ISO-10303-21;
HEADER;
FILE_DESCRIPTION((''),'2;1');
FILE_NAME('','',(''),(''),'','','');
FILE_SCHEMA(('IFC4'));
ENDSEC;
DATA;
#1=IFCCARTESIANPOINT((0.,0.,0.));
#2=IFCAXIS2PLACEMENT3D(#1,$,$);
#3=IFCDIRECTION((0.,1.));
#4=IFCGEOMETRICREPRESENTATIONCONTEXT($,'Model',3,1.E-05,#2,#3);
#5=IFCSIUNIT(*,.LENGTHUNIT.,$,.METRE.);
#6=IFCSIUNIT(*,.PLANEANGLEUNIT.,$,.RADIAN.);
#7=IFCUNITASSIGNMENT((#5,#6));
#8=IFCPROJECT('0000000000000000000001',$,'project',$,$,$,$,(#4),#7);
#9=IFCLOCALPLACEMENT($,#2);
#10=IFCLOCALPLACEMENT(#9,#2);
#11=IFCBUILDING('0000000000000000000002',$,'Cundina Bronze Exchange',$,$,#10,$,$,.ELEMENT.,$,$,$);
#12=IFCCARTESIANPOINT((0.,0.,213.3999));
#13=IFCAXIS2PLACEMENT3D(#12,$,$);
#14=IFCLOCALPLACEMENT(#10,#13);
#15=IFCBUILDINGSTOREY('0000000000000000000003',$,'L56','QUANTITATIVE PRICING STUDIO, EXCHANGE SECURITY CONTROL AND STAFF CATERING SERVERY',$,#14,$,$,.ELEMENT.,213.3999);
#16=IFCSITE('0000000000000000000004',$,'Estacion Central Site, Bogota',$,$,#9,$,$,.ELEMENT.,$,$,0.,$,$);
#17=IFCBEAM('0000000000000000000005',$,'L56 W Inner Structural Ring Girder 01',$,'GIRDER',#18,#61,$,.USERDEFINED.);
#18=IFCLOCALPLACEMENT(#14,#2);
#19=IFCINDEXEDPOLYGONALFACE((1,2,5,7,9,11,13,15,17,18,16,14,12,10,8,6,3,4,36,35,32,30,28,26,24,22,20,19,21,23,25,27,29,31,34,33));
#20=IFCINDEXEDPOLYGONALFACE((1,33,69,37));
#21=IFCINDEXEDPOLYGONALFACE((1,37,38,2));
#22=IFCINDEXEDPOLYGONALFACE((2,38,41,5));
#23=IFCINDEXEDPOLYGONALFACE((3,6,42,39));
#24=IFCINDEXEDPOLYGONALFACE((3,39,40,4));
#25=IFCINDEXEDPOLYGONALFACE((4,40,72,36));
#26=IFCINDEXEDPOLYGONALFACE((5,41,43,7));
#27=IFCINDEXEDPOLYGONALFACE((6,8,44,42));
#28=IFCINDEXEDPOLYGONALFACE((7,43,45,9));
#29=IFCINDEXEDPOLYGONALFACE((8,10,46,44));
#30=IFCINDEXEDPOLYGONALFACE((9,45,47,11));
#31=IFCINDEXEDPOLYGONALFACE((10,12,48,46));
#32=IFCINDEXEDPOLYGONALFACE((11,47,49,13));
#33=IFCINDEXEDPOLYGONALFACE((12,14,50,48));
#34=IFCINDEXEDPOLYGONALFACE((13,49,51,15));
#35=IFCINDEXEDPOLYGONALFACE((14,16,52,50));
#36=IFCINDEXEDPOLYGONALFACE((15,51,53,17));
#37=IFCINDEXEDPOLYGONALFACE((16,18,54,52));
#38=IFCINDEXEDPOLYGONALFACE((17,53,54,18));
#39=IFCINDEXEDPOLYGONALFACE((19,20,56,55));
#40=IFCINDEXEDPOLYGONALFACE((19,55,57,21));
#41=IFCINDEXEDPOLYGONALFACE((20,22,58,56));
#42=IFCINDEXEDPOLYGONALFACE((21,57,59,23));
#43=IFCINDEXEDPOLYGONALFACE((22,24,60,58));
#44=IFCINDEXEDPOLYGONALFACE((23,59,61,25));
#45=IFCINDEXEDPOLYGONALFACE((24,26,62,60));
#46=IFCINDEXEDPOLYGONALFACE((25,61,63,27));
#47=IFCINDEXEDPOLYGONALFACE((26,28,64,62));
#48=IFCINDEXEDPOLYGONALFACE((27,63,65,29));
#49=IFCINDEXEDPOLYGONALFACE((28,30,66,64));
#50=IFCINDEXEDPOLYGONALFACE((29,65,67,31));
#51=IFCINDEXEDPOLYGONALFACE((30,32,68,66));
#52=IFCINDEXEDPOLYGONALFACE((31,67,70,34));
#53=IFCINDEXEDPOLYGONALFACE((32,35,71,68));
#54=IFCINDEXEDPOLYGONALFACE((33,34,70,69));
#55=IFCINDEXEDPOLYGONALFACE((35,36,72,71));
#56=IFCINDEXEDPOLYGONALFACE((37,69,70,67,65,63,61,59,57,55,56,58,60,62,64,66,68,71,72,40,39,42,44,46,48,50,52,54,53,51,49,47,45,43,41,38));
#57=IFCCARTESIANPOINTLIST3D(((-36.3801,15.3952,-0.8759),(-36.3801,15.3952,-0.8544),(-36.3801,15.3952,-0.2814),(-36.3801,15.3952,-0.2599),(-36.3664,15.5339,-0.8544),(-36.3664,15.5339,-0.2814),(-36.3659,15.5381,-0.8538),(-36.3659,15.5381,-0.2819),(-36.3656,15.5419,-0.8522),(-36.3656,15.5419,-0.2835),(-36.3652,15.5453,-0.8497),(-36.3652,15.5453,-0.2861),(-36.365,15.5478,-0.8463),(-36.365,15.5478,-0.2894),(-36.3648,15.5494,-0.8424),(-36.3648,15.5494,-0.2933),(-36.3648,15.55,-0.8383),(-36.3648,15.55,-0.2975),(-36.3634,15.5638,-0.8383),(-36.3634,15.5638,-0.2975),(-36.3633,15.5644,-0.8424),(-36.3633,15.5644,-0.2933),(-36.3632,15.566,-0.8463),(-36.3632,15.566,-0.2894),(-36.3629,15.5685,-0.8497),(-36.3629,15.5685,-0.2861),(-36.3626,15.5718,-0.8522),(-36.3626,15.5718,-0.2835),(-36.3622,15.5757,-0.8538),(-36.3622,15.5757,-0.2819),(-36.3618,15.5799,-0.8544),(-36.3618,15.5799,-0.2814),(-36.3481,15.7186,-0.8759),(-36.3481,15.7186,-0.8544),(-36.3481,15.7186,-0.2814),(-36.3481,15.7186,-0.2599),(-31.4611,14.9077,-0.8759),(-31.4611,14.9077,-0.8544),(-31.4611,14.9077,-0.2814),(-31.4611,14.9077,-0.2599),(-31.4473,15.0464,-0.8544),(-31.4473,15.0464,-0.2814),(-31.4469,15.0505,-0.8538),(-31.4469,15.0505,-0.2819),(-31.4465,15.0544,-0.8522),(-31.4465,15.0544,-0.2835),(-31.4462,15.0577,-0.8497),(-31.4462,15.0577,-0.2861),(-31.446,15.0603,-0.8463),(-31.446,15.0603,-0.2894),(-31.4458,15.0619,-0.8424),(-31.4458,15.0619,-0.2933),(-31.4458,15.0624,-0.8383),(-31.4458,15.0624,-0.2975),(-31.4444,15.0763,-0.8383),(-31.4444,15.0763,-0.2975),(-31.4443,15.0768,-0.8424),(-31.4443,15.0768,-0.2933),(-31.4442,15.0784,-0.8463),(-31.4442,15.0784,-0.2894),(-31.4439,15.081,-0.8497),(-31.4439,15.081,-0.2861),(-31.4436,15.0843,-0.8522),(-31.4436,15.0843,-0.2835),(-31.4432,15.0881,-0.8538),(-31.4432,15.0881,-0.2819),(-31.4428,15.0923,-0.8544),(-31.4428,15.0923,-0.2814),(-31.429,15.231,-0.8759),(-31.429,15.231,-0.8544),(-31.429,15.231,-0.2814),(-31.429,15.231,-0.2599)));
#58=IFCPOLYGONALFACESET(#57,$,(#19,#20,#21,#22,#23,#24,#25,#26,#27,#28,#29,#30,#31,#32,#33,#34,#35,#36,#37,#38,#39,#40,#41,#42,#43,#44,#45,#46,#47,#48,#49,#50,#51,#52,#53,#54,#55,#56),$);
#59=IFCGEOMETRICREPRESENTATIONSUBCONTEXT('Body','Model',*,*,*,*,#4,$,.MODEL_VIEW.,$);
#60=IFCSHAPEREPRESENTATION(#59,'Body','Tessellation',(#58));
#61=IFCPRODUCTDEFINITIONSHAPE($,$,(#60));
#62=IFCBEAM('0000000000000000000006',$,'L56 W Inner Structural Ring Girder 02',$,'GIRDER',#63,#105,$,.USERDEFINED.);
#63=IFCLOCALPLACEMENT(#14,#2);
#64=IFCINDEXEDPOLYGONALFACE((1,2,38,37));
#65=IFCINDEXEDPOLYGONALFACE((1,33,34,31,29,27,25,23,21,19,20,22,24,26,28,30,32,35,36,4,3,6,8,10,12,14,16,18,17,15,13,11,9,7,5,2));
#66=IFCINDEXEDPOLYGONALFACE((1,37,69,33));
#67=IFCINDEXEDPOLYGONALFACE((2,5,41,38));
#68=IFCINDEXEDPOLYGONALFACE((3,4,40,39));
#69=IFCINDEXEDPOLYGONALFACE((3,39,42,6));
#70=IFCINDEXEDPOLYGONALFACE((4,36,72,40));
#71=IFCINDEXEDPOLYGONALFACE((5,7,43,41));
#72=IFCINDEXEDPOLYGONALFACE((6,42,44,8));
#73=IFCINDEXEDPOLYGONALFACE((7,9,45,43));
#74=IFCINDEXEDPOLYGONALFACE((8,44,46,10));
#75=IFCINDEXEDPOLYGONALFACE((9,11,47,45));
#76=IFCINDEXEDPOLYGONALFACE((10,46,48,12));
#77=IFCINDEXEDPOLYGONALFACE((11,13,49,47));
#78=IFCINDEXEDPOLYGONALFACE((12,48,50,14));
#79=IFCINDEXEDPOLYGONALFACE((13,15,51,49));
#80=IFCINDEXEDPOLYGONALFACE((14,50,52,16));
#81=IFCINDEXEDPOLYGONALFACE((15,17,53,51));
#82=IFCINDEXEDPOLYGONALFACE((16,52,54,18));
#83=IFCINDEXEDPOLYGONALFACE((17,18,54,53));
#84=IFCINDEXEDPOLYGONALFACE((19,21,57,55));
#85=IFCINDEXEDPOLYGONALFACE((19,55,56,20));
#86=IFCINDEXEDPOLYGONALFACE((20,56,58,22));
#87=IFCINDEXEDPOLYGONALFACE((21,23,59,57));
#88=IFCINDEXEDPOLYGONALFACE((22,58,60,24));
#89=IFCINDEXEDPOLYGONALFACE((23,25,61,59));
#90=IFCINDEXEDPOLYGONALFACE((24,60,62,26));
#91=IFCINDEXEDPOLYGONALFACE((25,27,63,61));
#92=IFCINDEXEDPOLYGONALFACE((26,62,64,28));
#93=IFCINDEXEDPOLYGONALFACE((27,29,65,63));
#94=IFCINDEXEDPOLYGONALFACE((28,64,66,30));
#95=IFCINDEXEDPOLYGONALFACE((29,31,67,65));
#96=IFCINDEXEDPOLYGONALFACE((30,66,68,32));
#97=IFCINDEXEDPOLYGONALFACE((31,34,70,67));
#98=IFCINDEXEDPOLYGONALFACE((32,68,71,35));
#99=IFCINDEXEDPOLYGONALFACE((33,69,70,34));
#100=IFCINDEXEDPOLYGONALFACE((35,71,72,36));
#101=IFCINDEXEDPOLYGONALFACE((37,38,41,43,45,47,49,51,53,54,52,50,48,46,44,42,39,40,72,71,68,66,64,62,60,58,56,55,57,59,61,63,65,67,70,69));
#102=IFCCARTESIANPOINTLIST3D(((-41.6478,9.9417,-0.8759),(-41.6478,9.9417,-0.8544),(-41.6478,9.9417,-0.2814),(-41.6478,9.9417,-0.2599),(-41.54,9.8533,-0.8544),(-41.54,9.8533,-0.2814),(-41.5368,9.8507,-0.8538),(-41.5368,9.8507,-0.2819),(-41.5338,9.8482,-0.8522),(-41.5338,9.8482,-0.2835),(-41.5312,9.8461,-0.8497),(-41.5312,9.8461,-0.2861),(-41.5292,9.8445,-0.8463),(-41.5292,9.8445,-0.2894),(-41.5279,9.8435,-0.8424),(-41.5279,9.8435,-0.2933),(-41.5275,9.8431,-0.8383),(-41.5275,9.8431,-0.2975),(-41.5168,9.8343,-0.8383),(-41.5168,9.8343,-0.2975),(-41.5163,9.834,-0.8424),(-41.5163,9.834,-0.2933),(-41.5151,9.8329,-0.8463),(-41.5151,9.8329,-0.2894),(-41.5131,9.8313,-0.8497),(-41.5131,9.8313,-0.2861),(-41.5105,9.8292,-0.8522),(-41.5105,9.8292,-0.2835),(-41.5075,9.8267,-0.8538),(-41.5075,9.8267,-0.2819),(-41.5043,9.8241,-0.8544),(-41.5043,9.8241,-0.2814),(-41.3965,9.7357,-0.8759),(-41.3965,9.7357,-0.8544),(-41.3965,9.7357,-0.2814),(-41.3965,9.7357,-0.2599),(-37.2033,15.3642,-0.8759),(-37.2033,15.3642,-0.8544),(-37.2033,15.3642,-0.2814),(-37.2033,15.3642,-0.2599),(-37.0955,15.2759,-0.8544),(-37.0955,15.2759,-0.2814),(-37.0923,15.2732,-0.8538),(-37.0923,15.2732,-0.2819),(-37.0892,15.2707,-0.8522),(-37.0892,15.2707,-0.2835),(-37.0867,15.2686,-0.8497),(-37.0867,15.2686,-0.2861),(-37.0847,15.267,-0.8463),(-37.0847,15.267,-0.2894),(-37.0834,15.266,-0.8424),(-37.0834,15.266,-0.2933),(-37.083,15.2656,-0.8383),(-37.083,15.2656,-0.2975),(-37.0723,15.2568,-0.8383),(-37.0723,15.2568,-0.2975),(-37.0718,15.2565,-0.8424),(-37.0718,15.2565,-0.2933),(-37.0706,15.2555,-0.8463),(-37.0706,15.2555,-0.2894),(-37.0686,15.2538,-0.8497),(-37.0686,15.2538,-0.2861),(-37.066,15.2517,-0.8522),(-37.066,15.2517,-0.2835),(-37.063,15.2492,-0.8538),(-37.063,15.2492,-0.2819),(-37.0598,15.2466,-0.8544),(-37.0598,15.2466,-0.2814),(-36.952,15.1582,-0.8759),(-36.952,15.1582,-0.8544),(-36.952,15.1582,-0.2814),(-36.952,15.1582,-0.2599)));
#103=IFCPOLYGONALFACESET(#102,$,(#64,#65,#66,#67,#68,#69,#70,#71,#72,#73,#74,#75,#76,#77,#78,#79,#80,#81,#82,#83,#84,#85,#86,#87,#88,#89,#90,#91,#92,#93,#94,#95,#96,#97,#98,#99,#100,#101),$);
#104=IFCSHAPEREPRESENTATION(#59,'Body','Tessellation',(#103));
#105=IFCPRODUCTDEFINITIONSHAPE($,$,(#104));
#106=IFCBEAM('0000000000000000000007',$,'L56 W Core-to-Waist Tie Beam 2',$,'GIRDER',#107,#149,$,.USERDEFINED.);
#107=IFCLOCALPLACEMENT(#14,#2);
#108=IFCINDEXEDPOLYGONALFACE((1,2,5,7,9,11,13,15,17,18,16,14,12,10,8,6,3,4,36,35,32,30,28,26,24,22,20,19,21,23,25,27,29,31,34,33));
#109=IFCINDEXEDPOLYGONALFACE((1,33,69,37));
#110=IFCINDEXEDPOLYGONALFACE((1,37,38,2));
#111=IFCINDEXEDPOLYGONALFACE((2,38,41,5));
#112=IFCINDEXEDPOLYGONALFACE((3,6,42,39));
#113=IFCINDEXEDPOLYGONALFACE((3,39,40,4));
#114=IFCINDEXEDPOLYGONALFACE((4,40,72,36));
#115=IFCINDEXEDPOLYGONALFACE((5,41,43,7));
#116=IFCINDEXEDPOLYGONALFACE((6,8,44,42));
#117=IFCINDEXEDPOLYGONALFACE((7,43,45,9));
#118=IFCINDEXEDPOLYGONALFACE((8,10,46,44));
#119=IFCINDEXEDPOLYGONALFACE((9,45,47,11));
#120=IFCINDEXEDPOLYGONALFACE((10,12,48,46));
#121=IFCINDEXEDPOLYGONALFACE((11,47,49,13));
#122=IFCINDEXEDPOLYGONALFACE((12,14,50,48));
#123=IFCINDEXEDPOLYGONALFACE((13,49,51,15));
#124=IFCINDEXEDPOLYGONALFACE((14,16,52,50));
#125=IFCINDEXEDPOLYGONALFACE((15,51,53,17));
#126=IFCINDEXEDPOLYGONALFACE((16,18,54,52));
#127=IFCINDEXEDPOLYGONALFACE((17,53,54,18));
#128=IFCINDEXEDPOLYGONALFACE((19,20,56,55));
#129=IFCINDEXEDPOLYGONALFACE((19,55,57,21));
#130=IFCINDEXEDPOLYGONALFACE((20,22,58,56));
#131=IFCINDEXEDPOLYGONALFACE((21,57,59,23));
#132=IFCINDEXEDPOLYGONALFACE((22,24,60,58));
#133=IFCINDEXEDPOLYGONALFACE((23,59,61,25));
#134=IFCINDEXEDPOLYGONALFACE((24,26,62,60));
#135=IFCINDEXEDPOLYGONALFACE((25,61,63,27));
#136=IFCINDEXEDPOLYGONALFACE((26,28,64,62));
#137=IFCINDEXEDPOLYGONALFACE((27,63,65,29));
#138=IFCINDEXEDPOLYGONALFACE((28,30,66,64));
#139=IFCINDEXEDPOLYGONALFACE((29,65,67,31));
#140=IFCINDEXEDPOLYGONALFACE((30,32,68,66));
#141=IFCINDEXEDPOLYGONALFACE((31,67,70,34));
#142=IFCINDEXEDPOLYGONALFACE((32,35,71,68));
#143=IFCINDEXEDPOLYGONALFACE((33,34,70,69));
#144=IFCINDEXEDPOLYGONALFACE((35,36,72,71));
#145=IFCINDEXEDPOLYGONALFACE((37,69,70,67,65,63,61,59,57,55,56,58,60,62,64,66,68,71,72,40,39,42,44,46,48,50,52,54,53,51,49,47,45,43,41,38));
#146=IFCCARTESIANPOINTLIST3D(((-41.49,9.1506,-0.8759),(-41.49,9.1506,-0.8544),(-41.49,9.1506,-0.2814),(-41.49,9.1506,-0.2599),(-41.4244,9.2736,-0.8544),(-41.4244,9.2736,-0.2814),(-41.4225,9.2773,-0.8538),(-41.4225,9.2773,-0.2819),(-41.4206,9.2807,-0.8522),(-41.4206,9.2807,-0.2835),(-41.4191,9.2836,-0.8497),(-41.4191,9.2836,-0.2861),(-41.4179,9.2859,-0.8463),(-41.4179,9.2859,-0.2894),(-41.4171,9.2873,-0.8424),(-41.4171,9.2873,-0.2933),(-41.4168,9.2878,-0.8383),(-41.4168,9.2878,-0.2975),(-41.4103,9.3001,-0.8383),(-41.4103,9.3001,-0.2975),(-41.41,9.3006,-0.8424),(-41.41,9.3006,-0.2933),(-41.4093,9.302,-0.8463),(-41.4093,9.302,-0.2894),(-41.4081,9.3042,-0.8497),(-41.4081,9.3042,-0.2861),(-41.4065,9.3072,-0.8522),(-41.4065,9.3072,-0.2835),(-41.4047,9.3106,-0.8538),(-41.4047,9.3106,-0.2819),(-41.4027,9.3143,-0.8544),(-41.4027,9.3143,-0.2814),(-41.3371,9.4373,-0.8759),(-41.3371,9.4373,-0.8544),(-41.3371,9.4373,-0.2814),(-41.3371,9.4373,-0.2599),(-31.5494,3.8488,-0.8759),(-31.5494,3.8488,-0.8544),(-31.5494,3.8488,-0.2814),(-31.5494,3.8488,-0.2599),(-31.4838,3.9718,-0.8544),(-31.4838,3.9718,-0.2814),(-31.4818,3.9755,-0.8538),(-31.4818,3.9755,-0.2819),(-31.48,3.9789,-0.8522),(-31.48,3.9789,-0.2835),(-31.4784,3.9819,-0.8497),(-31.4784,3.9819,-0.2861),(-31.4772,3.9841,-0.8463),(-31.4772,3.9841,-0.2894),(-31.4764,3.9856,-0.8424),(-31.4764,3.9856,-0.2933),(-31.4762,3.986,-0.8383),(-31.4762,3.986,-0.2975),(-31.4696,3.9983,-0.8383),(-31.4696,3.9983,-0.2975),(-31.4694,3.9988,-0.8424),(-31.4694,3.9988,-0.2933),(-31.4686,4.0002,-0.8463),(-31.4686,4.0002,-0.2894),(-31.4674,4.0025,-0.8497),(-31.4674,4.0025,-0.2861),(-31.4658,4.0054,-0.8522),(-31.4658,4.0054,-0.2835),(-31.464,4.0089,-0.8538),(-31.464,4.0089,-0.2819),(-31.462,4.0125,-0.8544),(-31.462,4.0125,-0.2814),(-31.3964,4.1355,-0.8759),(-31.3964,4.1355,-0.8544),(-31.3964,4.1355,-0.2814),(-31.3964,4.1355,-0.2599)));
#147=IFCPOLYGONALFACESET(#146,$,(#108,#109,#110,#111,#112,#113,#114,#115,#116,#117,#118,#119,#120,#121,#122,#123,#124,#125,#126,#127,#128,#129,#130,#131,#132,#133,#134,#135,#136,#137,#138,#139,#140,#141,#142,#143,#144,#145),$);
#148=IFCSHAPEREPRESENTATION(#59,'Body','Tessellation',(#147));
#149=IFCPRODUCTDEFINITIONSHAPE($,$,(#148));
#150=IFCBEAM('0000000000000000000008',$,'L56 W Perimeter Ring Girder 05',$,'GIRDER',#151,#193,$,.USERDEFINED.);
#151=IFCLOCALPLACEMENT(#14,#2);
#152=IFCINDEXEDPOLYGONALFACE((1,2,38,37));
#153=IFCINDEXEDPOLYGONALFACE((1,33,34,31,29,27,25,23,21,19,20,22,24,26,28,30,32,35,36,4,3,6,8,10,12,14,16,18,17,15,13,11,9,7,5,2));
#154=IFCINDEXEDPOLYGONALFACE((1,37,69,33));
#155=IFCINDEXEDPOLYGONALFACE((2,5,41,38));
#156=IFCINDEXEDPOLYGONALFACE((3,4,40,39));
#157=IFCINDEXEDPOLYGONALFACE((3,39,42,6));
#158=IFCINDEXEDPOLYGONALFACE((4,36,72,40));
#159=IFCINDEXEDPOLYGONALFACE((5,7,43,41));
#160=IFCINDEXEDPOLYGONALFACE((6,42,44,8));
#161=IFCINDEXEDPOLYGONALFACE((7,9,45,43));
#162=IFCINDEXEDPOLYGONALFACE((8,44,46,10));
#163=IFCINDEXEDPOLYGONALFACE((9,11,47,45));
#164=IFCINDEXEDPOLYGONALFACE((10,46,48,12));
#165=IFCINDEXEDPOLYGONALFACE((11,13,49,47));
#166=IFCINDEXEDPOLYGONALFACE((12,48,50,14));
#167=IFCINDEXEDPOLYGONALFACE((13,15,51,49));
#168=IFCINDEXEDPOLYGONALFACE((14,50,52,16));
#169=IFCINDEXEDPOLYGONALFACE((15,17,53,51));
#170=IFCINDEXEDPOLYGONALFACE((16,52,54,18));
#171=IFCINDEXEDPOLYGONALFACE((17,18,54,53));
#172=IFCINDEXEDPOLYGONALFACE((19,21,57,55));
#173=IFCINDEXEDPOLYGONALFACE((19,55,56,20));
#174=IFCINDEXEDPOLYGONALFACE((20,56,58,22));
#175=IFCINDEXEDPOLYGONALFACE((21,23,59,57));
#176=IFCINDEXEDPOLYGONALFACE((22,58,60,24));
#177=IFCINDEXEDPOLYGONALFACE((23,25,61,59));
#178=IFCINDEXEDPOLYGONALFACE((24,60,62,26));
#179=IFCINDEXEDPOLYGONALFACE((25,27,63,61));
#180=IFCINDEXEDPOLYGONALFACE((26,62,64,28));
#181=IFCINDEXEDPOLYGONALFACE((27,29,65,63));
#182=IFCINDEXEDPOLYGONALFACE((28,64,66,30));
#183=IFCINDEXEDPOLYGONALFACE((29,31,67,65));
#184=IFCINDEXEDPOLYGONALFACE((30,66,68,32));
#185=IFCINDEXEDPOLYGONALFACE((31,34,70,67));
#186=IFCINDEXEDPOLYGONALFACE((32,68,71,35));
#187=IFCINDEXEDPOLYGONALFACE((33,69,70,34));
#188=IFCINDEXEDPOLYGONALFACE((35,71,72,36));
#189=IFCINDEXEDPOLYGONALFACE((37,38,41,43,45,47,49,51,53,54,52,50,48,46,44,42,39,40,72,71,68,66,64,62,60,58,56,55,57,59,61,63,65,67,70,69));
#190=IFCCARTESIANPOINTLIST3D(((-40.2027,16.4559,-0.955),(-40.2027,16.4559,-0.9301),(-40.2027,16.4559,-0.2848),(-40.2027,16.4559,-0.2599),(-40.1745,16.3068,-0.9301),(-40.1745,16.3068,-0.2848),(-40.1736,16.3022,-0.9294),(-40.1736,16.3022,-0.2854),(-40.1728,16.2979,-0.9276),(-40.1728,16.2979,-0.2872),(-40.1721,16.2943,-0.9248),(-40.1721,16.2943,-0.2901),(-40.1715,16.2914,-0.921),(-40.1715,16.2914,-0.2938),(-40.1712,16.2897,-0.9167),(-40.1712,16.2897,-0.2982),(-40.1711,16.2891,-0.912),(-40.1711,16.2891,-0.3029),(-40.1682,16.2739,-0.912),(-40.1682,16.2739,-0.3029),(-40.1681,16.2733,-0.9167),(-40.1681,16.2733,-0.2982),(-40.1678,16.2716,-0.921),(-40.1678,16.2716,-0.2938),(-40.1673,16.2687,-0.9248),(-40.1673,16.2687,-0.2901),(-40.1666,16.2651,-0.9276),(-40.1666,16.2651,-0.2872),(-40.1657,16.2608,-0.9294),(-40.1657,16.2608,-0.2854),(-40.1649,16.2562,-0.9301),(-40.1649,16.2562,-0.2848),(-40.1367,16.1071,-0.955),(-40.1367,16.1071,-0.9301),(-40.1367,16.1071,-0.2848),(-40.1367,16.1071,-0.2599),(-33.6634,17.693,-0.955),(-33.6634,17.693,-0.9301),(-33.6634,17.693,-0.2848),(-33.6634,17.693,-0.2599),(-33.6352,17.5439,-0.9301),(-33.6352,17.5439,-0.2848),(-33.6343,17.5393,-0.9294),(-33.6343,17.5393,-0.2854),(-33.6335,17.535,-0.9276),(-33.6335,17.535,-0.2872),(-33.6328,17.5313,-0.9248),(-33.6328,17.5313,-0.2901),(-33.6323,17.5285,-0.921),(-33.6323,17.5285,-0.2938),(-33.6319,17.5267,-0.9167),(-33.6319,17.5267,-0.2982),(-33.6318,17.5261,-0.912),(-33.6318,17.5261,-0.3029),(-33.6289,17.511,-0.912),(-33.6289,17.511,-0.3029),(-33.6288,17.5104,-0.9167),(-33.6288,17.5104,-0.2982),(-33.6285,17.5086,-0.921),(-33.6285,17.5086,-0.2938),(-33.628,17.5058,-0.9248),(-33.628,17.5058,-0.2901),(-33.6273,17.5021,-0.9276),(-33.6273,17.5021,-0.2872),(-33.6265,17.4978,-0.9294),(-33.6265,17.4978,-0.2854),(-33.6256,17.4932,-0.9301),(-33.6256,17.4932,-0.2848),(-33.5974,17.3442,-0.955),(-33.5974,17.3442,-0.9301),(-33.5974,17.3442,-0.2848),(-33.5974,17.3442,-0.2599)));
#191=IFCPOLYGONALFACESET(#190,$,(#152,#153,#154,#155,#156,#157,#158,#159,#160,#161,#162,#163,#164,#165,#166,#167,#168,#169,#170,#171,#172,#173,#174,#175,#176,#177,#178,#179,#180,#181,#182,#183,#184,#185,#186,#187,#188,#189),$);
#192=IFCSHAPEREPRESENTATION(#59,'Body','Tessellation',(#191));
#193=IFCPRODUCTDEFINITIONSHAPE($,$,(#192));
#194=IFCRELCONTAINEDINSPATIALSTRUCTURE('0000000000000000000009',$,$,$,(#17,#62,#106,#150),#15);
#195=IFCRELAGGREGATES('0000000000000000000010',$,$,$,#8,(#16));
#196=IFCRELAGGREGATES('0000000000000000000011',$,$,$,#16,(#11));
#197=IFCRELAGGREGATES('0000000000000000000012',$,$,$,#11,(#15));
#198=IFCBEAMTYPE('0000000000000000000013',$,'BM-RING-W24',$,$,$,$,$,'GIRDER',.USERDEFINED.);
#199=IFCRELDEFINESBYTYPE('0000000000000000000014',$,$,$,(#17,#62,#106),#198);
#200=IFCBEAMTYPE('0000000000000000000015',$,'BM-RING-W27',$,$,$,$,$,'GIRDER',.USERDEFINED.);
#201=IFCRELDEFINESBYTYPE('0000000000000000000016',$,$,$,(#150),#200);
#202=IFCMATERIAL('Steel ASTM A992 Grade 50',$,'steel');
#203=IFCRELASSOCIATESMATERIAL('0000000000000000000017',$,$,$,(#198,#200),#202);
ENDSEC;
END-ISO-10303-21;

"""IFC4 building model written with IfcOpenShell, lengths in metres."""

from ifc_helpers import new_model, si_unit, direction, frame, origin, origin_2d, place, context, subcontext, project, spatial, i_section, extrude, material, material_profile, profile_set, type_object, element, save


model = new_model("IFC4")

# Units and contexts
model_context = context("Model", 3, precision=1e-05, world=origin(), true_north=direction((0.0, 1.0)))
body_context = subcontext(model_context, "Body", "Model", "MODEL_VIEW")
ifc_project = project(units=[si_unit("LENGTHUNIT", "METRE"), si_unit("PLANEANGLEUNIT", "RADIAN")], contexts=[model_context])

# Site, building, storey
site_placement = place(None, origin())
site = spatial("IfcSite", under=ifc_project, at=site_placement, Name="Estacion Central Site, Bogota", CompositionType="ELEMENT", RefElevation=0.0)
building_placement = place(site_placement, origin())
building = spatial("IfcBuilding", under=site, at=building_placement, Name="Cundina Bronze Exchange", CompositionType="ELEMENT")
storey_placement = place(building_placement, frame((0.0, 0.0, 213.3999)))
storey = spatial("IfcBuildingStorey", under=building, at=storey_placement, Name="L56", Description="QUANTITATIVE PRICING STUDIO, EXCHANGE SECURITY CONTROL AND STAFF CATERING SERVERY", CompositionType="ELEMENT", Elevation=213.3999)

# Shared definitions
ifc_material_1 = material(Name="Steel ASTM A992 Grade 50", Category="steel")

# Beams
ifc_material_profile_1 = material_profile(ifc_material_1, i_section(OverallWidth=0.325, OverallDepth=0.616, WebThickness=0.0139, FlangeThickness=0.0215, FilletRadius=0.0161, at=origin_2d()), Name="W24X117", Category="steel")
ifc_profile_set_1 = profile_set([ifc_material_profile_1], Name="Steel ASTM A992 Grade 50")
beam_type_1 = type_object("IfcBeamType", Name="BM-RING-W24", ElementType="GIRDER", PredefinedType="USERDEFINED", material=ifc_profile_set_1)
beam_1_placement = place(storey_placement, frame((-31.4451, 15.0693, -0.5679), z_axis=(-0.995124, 0.098633, 0.0), x_axis=(-0.098633, -0.995124, 0.0)))
element("IfcBeam", 1, at=beam_1_placement, inside=storey, type_object=beam_type_1, Name="L56 W Inner Structural Ring Girder 01", ObjectType="GIRDER", PredefinedType="USERDEFINED", context=body_context, shape_type="SweptSolid", body=[
    extrude(i_section(OverallWidth=0.325, OverallDepth=0.616, WebThickness=0.0139, FlangeThickness=0.0215, FilletRadius=0.0161, at=origin_2d()), origin(), (0.0, 0.0, 1.0), 4.9431),
])
beam_2_placement = place(storey_placement, frame((-37.0776, 15.2612, -0.5679), z_axis=(-0.633913, -0.773405, 0.0), x_axis=(0.773405, -0.633913, 0.0)))
element("IfcBeam", 2, at=beam_2_placement, inside=storey, type_object=beam_type_1, Name="L56 W Inner Structural Ring Girder 02", ObjectType="GIRDER", PredefinedType="USERDEFINED", context=body_context, shape_type="SweptSolid", body=[
    extrude(i_section(OverallWidth=0.325, OverallDepth=0.616, WebThickness=0.0139, FlangeThickness=0.0215, FilletRadius=0.0161, at=origin_2d()), origin(), (0.0, 0.0, 1.0), 7.0112),
])
beam_3_placement = place(storey_placement, frame((-31.4729, 3.9922, -0.5679), z_axis=(-0.882351, 0.470593, 0.0), x_axis=(-0.470593, -0.882351, 0.0)))
element("IfcBeam", 3, at=beam_3_placement, inside=storey, type_object=beam_type_1, Name="L56 W Core-to-Waist Tie Beam 2", ObjectType="GIRDER", PredefinedType="USERDEFINED", context=body_context, shape_type="SweptSolid", body=[
    extrude(i_section(OverallWidth=0.325, OverallDepth=0.616, WebThickness=0.0139, FlangeThickness=0.0215, FilletRadius=0.0161, at=origin_2d()), origin(), (0.0, 0.0, 1.0), 11.2661),
])
ifc_material_profile_2 = material_profile(ifc_material_1, i_section(OverallWidth=0.355, OverallDepth=0.6951, WebThickness=0.0154, FlangeThickness=0.0249, FilletRadius=0.0181, at=origin_2d()), Name="W27X146", Category="steel")
ifc_profile_set_2 = profile_set([ifc_material_profile_2], Name="Steel ASTM A992 Grade 50")
beam_type_2 = type_object("IfcBeamType", Name="BM-RING-W27", ElementType="GIRDER", PredefinedType="USERDEFINED", material=ifc_profile_set_2)
beam_4_placement = place(storey_placement, frame((-33.6304, 17.5186, -0.6074), z_axis=(-0.982573, -0.185876, 0.0), x_axis=(0.185876, -0.982573, 0.0)))
element("IfcBeam", 4, at=beam_4_placement, inside=storey, type_object=beam_type_2, Name="L56 W Perimeter Ring Girder 05", ObjectType="GIRDER", PredefinedType="USERDEFINED", context=body_context, shape_type="SweptSolid", body=[
    extrude(i_section(OverallWidth=0.355, OverallDepth=0.6951, WebThickness=0.0154, FlangeThickness=0.0249, FilletRadius=0.0181, at=origin_2d()), origin(), (0.0, 0.0, 1.0), 6.6553),
])

save(model, "model.ifc")
